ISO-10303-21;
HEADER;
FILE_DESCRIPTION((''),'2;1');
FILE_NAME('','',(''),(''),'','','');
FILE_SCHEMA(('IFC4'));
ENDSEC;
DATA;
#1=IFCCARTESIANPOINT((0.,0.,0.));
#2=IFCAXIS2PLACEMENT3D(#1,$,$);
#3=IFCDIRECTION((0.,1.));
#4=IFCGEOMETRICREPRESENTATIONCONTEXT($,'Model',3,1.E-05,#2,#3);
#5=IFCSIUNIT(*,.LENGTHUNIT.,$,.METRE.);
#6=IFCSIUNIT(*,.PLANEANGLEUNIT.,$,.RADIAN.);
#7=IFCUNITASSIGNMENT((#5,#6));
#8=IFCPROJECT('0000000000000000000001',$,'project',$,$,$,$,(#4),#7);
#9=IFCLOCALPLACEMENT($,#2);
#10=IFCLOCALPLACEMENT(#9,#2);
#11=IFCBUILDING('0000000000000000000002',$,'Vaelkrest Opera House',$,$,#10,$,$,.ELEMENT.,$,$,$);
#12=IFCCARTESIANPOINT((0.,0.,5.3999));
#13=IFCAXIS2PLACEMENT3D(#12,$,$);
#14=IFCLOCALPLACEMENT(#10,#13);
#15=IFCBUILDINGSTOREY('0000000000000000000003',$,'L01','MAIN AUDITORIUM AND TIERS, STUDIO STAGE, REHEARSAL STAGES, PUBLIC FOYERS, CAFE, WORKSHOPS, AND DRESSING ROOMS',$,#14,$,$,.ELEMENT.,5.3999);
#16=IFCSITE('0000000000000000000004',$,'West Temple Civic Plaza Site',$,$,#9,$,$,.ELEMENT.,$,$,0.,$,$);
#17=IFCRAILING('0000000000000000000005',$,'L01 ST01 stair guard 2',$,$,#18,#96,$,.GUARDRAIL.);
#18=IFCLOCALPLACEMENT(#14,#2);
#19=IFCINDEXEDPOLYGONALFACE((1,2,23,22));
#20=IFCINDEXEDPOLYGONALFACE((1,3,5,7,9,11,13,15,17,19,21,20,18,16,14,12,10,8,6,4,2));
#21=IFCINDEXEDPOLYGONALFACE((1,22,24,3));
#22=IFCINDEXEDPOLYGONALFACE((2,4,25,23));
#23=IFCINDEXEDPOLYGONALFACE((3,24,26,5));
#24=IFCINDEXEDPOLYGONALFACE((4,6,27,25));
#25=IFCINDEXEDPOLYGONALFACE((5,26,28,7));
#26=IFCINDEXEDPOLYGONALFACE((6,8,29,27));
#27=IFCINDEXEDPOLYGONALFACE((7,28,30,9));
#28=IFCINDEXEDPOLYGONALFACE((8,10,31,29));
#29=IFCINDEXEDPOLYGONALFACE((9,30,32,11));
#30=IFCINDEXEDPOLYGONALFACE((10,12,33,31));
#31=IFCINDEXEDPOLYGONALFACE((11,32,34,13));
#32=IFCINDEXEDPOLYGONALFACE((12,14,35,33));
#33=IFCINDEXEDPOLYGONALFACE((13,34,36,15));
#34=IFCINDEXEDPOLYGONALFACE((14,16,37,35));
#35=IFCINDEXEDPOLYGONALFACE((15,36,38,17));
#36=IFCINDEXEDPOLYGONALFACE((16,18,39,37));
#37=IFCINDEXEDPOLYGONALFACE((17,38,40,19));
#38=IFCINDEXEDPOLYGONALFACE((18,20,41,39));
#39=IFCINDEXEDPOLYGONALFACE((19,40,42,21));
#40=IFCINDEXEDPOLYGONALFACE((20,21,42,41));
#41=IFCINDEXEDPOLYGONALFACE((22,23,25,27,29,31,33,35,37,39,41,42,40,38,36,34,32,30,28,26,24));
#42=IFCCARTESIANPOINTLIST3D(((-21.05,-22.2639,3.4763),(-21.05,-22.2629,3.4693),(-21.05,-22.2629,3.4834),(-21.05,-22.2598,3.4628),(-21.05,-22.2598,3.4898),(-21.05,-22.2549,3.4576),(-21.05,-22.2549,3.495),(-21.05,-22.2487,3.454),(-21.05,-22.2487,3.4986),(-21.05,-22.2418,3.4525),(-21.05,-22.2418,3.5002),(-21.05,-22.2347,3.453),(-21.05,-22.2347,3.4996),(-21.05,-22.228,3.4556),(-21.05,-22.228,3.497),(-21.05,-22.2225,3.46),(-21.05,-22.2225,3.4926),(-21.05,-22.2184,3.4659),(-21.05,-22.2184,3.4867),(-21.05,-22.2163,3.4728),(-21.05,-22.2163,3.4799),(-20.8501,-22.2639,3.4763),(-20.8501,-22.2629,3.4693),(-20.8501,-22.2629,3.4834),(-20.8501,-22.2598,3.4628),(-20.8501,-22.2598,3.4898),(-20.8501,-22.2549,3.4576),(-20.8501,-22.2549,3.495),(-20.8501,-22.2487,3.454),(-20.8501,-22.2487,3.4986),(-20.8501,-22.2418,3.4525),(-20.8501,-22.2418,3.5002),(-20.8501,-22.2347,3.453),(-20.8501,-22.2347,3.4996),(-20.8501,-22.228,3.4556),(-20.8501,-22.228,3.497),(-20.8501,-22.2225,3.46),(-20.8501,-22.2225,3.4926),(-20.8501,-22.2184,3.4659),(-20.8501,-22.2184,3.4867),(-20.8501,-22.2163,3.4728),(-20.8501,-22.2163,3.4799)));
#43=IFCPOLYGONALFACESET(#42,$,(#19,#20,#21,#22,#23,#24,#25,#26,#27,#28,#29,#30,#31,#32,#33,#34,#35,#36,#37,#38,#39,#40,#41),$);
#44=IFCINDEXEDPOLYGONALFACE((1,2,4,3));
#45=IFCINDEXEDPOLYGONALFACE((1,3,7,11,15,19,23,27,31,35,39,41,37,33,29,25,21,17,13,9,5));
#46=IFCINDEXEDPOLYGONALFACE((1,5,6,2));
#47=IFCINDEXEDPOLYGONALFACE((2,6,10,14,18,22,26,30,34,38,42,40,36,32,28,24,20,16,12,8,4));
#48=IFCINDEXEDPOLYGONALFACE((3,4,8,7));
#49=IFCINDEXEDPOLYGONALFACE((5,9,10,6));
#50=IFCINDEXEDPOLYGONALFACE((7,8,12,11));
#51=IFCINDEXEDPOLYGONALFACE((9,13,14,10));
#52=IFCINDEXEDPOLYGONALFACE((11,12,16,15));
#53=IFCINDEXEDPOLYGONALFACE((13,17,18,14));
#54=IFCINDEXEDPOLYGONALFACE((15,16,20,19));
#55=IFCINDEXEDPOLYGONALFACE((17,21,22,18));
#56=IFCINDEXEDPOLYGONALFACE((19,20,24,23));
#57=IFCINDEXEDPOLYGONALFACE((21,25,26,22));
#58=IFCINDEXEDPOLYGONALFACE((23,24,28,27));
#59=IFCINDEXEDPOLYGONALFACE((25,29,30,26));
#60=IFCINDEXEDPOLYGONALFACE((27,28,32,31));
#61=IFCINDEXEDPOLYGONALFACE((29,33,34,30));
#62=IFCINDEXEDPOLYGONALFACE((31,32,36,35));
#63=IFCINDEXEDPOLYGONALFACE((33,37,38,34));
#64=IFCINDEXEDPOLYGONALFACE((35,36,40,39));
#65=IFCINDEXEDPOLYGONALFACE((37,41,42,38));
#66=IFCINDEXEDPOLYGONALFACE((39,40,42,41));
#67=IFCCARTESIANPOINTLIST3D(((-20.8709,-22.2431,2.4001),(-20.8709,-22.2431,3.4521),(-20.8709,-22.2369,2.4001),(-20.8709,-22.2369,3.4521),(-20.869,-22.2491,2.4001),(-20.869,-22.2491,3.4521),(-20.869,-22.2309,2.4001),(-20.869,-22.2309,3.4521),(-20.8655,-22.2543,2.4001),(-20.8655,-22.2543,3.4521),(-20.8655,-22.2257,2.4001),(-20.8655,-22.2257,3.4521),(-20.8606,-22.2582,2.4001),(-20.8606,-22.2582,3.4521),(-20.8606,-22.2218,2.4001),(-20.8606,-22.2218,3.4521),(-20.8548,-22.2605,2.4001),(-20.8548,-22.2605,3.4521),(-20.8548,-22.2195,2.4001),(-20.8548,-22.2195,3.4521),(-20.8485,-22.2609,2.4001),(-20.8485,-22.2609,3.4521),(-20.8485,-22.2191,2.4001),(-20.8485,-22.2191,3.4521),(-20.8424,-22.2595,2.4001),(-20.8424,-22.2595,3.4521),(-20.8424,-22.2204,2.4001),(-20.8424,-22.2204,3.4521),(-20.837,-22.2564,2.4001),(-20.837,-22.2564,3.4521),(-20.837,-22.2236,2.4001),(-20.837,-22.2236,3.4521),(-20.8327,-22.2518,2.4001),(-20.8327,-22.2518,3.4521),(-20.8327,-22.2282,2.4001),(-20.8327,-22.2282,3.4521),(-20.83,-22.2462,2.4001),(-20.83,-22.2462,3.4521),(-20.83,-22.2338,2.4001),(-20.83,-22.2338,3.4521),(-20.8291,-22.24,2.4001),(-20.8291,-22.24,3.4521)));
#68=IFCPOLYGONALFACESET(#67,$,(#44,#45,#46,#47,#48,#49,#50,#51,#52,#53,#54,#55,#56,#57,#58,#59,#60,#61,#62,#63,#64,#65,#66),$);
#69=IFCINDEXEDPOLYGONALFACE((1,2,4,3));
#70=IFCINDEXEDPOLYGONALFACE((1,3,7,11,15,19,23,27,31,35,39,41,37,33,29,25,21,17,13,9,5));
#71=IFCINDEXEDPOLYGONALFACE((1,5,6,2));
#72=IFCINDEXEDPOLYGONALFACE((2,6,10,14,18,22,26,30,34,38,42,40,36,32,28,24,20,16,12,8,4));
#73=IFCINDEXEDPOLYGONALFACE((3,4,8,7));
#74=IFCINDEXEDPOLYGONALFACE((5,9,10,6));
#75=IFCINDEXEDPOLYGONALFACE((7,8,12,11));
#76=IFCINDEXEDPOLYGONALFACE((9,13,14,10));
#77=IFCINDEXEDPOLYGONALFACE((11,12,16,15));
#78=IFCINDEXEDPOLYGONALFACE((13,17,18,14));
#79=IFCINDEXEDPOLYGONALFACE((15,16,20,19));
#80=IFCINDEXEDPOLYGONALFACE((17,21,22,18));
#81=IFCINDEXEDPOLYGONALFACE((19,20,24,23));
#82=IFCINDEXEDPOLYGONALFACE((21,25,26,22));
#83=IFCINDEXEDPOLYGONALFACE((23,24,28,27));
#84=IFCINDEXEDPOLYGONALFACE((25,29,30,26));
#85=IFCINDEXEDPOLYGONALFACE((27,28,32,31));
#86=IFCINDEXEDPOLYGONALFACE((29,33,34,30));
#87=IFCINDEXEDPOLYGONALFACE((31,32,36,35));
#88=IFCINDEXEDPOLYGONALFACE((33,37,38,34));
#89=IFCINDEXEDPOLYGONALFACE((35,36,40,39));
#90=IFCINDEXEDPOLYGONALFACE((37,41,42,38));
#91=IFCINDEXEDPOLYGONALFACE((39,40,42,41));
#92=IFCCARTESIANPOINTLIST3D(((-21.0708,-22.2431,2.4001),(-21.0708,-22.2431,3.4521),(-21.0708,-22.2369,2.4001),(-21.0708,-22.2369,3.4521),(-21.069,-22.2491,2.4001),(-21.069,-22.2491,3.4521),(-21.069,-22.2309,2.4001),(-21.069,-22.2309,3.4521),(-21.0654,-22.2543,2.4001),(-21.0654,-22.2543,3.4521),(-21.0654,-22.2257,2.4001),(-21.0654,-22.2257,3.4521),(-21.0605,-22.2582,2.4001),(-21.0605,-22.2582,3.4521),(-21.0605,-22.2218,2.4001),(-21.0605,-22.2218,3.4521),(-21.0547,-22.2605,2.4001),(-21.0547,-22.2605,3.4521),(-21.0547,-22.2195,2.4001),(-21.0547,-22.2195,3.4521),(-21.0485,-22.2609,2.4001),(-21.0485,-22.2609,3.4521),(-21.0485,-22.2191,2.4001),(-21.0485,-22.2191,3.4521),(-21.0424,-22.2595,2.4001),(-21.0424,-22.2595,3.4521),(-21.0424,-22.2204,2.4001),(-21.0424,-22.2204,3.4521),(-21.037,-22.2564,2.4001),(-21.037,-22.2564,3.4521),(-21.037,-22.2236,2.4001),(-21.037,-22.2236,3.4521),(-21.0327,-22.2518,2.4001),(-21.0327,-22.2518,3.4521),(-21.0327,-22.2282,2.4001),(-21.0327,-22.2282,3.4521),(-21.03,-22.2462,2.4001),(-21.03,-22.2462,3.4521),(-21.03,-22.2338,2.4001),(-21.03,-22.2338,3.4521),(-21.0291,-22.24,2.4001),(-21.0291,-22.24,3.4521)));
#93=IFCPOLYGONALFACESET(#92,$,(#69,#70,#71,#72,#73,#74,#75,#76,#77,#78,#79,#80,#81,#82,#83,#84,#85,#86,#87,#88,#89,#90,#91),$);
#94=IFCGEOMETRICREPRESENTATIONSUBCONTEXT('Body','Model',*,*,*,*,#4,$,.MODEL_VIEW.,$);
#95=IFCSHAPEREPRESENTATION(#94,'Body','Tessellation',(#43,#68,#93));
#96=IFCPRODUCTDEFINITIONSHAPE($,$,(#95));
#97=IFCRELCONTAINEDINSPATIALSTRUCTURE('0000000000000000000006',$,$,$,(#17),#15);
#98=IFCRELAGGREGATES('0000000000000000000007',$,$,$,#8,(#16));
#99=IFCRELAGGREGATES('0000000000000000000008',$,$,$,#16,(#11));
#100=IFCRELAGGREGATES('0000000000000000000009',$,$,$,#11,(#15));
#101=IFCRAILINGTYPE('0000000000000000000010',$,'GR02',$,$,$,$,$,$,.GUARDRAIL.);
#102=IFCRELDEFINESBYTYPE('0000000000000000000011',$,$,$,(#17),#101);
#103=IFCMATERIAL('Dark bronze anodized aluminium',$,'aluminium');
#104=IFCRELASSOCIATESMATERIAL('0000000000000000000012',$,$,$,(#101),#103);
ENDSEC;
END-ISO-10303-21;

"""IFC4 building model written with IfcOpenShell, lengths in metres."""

from ifc_helpers import new_model, si_unit, direction, frame, origin, origin_2d, place, context, subcontext, project, spatial, circle, extrude, material, type_object, element, save


model = new_model("IFC4")

# Units and contexts
model_context = context("Model", 3, precision=1e-05, world=origin(), true_north=direction((0.0, 1.0)))
body_context = subcontext(model_context, "Body", "Model", "MODEL_VIEW")
ifc_project = project(units=[si_unit("LENGTHUNIT", "METRE"), si_unit("PLANEANGLEUNIT", "RADIAN")], contexts=[model_context])

# Site, building, storey
site_placement = place(None, origin())
site = spatial("IfcSite", under=ifc_project, at=site_placement, Name="West Temple Civic Plaza Site", CompositionType="ELEMENT", RefElevation=0.0)
building_placement = place(site_placement, origin())
building = spatial("IfcBuilding", under=site, at=building_placement, Name="Vaelkrest Opera House", CompositionType="ELEMENT")
storey_placement = place(building_placement, frame((0.0, 0.0, 5.3999)))
storey = spatial("IfcBuildingStorey", under=building, at=storey_placement, Name="L01", Description="MAIN AUDITORIUM AND TIERS, STUDIO STAGE, REHEARSAL STAGES, PUBLIC FOYERS, CAFE, WORKSHOPS, AND DRESSING ROOMS", CompositionType="ELEMENT", Elevation=5.3999)

# Shared definitions
ifc_material_1 = material(Name="Dark bronze anodized aluminium", Category="aluminium")

# Railing
railing_type_1 = type_object("IfcRailingType", Name="GR02", PredefinedType="GUARDRAIL", material=ifc_material_1)
railing_1_placement = place(storey_placement, frame((-20.8501, -22.24, 2.4001)))
element("IfcRailing", 1, at=railing_1_placement, inside=storey, type_object=railing_type_1, Name="L01 ST01 stair guard 2", PredefinedType="GUARDRAIL", context=body_context, shape_type="SweptSolid", body=[
    extrude(circle(Radius=0.0239, at=origin_2d()), frame((0.0, 0.0, 1.0762), z_axis=(-1.0, 0.0, 0.0), x_axis=(0.0, -1.0, 0.0)), (0.0, 0.0, 1.0), 0.2),
    extrude(circle(Radius=0.021, at=origin_2d()), origin(), (0.0, 0.0, 1.0), 1.052),
    extrude(circle(Radius=0.021, at=origin_2d()), frame((-0.2, 0.0, 0.0)), (0.0, 0.0, 1.0), 1.052),
])

save(model, "model.ifc")
